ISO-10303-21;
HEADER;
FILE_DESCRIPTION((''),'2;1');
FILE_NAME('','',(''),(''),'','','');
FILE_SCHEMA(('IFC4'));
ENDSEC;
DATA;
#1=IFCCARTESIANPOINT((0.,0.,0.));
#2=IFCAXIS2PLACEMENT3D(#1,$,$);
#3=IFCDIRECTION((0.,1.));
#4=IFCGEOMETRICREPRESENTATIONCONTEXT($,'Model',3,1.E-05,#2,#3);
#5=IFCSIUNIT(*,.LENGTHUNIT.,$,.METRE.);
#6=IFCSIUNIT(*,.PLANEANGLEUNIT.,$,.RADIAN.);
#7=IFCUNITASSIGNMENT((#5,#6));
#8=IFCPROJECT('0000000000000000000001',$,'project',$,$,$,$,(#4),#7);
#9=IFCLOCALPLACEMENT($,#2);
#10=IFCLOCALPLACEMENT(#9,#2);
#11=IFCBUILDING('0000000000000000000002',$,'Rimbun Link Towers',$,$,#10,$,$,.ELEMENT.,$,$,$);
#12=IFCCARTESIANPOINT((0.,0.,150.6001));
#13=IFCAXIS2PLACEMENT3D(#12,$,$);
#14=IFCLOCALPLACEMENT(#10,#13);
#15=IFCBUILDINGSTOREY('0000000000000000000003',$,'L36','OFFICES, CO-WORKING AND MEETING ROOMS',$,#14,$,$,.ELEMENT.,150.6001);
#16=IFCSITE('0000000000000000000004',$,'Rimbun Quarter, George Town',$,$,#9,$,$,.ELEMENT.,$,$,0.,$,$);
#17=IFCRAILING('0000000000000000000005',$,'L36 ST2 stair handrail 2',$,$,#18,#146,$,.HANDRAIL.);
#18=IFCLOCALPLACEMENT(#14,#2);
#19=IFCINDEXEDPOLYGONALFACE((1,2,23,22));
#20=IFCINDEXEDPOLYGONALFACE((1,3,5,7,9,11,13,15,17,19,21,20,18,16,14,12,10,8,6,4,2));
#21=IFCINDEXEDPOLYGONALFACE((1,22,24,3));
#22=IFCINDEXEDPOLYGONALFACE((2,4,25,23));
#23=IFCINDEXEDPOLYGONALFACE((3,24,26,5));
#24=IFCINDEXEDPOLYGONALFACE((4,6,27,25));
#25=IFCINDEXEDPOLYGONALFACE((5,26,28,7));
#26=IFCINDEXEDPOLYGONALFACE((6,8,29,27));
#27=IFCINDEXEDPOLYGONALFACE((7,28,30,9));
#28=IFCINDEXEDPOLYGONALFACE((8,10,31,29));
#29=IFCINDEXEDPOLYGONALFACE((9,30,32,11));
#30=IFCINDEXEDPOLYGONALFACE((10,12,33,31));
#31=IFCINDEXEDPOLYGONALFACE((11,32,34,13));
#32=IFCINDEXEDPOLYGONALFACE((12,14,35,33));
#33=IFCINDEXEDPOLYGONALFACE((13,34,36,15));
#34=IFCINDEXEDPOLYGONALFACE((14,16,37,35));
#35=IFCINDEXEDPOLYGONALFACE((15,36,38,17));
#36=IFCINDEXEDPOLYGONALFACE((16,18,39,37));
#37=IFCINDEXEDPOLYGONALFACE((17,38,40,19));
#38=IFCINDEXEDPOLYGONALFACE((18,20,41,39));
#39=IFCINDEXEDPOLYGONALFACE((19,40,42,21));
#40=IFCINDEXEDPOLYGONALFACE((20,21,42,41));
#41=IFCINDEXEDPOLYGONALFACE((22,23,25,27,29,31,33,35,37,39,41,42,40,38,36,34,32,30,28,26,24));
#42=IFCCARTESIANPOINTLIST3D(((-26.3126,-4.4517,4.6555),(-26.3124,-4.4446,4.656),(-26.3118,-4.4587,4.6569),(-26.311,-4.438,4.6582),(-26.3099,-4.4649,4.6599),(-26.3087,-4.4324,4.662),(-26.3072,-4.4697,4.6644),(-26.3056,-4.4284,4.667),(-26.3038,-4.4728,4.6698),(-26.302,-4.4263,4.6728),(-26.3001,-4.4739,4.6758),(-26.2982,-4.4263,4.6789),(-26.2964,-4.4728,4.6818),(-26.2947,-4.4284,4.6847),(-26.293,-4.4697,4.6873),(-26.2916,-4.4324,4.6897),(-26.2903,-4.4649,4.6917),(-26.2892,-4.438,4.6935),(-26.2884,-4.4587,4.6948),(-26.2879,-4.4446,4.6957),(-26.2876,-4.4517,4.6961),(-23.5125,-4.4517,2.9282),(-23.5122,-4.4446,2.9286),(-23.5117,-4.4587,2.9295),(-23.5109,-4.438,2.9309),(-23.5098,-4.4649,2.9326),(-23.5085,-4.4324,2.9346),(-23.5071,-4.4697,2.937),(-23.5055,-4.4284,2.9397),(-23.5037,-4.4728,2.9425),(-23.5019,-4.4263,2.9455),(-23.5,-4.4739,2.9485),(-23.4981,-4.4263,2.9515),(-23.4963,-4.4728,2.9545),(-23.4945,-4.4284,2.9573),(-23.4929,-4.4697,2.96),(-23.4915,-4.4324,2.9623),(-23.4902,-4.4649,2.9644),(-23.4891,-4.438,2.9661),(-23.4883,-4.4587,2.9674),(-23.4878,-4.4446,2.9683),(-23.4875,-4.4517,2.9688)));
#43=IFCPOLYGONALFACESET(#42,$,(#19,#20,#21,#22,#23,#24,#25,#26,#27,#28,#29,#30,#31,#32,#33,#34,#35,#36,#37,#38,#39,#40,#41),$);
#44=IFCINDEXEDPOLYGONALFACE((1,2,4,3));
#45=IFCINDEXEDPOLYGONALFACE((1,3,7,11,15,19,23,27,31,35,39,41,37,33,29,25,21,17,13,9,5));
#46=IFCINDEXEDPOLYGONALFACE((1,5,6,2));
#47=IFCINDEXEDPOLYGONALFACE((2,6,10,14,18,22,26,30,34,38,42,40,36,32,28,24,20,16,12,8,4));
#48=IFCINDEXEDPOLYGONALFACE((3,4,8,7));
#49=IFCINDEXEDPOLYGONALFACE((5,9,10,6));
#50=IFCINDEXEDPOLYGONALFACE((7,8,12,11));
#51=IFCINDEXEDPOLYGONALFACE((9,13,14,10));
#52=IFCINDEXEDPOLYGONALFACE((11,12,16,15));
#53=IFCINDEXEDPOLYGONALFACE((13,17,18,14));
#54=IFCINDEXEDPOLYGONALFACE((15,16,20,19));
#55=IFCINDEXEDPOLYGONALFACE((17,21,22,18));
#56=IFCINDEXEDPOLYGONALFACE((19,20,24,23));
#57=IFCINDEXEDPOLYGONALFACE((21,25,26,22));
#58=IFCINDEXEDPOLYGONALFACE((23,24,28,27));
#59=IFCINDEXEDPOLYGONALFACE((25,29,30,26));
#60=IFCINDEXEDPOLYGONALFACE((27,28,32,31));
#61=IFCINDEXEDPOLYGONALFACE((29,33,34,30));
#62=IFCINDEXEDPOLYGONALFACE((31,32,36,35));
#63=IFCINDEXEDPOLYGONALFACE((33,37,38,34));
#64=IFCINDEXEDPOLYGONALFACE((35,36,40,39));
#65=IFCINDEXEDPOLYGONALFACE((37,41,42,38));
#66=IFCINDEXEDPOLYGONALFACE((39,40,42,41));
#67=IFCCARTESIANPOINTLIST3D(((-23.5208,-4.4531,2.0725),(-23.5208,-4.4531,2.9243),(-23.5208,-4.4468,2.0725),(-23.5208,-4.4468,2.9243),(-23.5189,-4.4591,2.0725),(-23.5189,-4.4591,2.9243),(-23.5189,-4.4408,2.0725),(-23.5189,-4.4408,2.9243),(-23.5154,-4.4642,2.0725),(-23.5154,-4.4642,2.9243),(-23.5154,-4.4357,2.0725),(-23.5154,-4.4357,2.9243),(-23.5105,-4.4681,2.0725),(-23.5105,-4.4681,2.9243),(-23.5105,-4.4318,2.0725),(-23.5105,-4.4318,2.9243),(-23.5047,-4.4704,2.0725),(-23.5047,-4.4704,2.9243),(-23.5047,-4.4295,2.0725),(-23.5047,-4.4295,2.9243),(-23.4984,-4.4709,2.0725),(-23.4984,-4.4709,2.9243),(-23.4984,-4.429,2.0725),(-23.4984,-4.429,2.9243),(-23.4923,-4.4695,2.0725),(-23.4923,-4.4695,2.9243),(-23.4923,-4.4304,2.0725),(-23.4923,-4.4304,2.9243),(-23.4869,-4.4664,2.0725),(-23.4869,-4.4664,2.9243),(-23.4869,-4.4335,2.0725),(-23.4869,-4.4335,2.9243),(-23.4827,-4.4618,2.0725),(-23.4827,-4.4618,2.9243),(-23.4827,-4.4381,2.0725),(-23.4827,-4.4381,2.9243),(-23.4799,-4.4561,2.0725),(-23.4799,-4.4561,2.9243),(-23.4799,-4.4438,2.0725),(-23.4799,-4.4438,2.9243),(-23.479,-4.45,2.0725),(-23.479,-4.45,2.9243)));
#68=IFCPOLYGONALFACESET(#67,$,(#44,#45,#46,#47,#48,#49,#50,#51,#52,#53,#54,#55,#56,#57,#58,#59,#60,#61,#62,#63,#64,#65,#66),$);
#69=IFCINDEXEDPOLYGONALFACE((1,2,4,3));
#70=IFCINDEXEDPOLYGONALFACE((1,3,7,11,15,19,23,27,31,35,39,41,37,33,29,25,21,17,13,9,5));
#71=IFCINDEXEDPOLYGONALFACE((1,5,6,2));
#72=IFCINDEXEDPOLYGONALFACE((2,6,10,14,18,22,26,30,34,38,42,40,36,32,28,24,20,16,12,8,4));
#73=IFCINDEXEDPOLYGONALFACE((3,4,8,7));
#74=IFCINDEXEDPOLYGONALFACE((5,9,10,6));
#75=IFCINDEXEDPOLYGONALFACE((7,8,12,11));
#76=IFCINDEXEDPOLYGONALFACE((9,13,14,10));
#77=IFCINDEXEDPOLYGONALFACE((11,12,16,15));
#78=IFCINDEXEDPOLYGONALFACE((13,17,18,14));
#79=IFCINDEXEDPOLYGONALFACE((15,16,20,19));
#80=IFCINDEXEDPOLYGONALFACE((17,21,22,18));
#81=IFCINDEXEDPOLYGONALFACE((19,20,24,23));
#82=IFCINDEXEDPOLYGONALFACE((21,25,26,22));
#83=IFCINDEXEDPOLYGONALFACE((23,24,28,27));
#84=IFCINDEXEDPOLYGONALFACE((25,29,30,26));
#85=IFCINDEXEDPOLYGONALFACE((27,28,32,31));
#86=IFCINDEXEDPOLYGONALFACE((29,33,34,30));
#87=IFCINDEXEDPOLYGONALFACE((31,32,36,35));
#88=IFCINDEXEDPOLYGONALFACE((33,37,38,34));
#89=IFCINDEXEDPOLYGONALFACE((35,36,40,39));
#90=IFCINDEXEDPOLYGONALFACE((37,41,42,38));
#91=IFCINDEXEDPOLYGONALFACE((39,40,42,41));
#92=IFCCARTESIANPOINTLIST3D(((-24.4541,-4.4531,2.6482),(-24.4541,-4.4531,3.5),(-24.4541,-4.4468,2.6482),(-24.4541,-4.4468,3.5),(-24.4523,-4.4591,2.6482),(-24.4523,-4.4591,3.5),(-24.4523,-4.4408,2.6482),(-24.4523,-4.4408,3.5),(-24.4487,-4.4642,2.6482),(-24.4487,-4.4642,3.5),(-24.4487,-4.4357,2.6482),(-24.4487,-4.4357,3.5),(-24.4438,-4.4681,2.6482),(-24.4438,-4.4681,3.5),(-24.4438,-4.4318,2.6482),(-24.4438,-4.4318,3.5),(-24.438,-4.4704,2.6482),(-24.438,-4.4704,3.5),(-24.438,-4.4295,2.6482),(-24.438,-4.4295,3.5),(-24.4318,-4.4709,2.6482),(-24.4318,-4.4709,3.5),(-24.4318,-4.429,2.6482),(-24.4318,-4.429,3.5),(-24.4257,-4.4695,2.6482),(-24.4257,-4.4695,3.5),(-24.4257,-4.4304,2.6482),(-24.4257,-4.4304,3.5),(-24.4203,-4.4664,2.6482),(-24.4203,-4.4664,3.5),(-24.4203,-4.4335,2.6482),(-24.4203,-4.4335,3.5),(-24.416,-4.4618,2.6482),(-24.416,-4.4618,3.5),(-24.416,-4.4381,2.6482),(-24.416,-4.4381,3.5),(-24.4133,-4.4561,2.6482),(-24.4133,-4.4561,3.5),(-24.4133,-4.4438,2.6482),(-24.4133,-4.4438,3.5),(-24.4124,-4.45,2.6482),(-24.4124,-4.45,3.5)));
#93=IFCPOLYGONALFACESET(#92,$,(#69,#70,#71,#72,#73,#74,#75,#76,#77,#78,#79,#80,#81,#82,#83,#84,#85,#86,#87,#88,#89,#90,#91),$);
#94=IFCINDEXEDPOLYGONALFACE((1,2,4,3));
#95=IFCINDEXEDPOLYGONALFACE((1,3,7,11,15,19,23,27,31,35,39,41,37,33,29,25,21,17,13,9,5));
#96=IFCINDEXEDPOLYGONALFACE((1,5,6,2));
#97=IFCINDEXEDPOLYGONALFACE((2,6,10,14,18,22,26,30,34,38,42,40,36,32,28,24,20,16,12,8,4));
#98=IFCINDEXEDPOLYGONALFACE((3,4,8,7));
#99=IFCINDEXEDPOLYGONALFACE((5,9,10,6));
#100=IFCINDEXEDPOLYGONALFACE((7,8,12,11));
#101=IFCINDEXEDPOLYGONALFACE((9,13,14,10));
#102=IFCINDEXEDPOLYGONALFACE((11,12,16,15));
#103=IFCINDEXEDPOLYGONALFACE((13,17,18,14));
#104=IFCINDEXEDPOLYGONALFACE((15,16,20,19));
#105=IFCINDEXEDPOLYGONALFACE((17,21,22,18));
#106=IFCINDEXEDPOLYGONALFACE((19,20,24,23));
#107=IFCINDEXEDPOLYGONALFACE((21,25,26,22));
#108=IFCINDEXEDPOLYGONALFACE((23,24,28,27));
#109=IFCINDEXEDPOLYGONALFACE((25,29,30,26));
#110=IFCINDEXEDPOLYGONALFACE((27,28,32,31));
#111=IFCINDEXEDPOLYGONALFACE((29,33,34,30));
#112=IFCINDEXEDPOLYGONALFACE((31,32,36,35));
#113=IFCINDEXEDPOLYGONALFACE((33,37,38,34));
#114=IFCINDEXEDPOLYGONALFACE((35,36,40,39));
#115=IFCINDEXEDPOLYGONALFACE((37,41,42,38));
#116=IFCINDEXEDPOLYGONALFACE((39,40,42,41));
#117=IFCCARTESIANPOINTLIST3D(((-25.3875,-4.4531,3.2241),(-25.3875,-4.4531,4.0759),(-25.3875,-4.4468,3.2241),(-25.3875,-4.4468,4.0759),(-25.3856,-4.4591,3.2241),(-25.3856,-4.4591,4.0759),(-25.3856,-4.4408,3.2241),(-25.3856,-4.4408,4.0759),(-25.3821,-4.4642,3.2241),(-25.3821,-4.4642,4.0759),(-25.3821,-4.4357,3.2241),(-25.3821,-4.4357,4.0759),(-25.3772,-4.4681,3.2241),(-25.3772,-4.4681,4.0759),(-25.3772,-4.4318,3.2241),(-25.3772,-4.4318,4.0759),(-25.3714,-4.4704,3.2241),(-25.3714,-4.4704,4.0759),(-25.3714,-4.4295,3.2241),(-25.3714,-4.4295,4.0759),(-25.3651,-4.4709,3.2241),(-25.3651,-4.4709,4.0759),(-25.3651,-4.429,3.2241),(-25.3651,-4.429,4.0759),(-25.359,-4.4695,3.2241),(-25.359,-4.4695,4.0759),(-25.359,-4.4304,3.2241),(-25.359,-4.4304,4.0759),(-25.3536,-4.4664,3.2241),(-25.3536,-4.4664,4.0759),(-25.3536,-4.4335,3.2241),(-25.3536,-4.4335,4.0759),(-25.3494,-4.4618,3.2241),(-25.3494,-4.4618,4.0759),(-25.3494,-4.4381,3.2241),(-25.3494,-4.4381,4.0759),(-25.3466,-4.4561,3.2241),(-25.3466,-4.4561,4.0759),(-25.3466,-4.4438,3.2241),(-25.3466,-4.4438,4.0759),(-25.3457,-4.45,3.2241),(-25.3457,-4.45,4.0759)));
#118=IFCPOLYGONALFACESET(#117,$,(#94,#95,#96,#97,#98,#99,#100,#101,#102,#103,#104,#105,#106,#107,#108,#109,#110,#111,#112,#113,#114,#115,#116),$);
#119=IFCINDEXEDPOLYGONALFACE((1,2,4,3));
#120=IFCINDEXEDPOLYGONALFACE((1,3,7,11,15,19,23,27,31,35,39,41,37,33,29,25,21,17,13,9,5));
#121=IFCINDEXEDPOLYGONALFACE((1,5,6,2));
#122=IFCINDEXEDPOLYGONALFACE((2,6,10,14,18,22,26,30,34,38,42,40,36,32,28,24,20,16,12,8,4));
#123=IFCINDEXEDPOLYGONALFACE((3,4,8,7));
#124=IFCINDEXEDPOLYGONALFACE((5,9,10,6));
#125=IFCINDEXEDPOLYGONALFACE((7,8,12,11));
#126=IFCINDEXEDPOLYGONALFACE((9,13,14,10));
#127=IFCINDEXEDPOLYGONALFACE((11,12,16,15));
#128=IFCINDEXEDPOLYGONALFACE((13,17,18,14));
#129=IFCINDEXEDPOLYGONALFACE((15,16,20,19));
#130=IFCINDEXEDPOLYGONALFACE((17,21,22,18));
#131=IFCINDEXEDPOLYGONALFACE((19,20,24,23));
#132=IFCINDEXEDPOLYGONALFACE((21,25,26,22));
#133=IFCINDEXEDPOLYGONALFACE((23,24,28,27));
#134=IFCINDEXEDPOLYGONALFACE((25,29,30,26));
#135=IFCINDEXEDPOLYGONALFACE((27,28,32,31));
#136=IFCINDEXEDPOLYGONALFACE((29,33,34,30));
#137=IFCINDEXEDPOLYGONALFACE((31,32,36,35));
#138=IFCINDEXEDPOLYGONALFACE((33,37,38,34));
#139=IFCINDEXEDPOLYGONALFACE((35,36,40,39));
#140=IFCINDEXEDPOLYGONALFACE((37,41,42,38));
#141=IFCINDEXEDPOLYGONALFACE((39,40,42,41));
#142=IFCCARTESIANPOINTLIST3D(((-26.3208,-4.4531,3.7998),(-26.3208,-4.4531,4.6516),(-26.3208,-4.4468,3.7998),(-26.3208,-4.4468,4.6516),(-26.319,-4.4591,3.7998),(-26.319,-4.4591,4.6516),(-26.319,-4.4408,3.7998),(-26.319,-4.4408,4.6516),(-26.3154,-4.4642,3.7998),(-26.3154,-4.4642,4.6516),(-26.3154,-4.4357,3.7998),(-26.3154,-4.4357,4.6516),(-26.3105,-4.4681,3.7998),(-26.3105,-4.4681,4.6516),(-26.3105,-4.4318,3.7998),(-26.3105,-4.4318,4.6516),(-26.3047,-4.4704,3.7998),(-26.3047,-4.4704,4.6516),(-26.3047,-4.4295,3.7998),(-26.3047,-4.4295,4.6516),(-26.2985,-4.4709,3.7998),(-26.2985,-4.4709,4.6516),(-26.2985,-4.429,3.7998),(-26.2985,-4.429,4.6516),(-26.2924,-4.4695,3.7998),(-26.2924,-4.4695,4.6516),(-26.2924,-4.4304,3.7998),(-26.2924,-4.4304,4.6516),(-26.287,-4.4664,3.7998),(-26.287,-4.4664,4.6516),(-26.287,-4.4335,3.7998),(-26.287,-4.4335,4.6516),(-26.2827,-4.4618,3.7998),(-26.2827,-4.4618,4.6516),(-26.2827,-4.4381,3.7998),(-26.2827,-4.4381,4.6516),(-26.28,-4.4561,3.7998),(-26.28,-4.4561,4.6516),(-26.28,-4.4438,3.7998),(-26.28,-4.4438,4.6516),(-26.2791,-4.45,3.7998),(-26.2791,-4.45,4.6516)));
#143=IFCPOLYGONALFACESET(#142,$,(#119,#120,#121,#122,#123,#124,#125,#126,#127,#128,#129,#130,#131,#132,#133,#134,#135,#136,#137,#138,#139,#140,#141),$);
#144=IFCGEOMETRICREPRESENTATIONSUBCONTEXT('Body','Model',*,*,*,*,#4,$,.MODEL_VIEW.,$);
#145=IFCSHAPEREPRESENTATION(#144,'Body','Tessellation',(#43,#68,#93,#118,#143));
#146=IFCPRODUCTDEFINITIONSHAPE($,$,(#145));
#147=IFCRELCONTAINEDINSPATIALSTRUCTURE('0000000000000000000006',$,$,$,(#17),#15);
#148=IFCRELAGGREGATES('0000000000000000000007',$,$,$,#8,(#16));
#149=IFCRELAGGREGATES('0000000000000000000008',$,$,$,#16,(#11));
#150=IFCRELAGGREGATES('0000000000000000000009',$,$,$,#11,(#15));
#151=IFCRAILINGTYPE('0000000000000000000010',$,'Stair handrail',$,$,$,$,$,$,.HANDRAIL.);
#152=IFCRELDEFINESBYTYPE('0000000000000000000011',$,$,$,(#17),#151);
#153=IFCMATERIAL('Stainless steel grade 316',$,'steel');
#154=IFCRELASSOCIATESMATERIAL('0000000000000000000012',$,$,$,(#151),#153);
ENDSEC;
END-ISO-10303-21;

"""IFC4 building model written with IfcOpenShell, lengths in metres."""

from ifc_helpers import new_model, si_unit, direction, frame, origin, origin_2d, place, context, subcontext, project, spatial, circle, extrude, material, type_object, element, save


model = new_model("IFC4")

# Units and contexts
model_context = context("Model", 3, precision=1e-05, world=origin(), true_north=direction((0.0, 1.0)))
body_context = subcontext(model_context, "Body", "Model", "MODEL_VIEW")
ifc_project = project(units=[si_unit("LENGTHUNIT", "METRE"), si_unit("PLANEANGLEUNIT", "RADIAN")], contexts=[model_context])

# Site, building, storey
site_placement = place(None, origin())
site = spatial("IfcSite", under=ifc_project, at=site_placement, Name="Rimbun Quarter, George Town", CompositionType="ELEMENT", RefElevation=0.0)
building_placement = place(site_placement, origin())
building = spatial("IfcBuilding", under=site, at=building_placement, Name="Rimbun Link Towers", CompositionType="ELEMENT")
storey_placement = place(building_placement, frame((0.0, 0.0, 150.6001)))
storey = spatial("IfcBuildingStorey", under=building, at=storey_placement, Name="L36", Description="OFFICES, CO-WORKING AND MEETING ROOMS", CompositionType="ELEMENT", Elevation=150.6001)

# Railing
ifc_material_1 = material(Name="Stainless steel grade 316", Category="steel")
railing_type_1 = type_object("IfcRailingType", Name="Stair handrail", PredefinedType="HANDRAIL", material=ifc_material_1)
railing_1_placement = place(storey_placement, frame((-23.5, -4.45, 2.0725)))
element("IfcRailing", 1, at=railing_1_placement, inside=storey, type_object=railing_type_1, Name="L36 ST2 stair handrail 2", PredefinedType="HANDRAIL", context=body_context, shape_type="SweptSolid", body=[
    extrude(circle(Radius=0.0239, at=origin_2d()), frame((0.0, 0.0, 0.876), z_axis=(-0.85109, 0.0, 0.52502), x_axis=(0.0, -1.0, 0.0)), (0.0, 0.0, 1.0), 3.29),
    extrude(circle(Radius=0.021, at=origin_2d()), origin(), (0.0, 0.0, 1.0), 0.8518),
    extrude(circle(Radius=0.021, at=origin_2d()), frame((-0.9333, 0.0, 0.5757)), (0.0, 0.0, 1.0), 0.8518),
    extrude(circle(Radius=0.021, at=origin_2d()), frame((-1.8667, 0.0, 1.1516)), (0.0, 0.0, 1.0), 0.8518),
    extrude(circle(Radius=0.021, at=origin_2d()), frame((-2.8, 0.0, 1.7273)), (0.0, 0.0, 1.0), 0.8518),
])

save(model, "model.ifc")
